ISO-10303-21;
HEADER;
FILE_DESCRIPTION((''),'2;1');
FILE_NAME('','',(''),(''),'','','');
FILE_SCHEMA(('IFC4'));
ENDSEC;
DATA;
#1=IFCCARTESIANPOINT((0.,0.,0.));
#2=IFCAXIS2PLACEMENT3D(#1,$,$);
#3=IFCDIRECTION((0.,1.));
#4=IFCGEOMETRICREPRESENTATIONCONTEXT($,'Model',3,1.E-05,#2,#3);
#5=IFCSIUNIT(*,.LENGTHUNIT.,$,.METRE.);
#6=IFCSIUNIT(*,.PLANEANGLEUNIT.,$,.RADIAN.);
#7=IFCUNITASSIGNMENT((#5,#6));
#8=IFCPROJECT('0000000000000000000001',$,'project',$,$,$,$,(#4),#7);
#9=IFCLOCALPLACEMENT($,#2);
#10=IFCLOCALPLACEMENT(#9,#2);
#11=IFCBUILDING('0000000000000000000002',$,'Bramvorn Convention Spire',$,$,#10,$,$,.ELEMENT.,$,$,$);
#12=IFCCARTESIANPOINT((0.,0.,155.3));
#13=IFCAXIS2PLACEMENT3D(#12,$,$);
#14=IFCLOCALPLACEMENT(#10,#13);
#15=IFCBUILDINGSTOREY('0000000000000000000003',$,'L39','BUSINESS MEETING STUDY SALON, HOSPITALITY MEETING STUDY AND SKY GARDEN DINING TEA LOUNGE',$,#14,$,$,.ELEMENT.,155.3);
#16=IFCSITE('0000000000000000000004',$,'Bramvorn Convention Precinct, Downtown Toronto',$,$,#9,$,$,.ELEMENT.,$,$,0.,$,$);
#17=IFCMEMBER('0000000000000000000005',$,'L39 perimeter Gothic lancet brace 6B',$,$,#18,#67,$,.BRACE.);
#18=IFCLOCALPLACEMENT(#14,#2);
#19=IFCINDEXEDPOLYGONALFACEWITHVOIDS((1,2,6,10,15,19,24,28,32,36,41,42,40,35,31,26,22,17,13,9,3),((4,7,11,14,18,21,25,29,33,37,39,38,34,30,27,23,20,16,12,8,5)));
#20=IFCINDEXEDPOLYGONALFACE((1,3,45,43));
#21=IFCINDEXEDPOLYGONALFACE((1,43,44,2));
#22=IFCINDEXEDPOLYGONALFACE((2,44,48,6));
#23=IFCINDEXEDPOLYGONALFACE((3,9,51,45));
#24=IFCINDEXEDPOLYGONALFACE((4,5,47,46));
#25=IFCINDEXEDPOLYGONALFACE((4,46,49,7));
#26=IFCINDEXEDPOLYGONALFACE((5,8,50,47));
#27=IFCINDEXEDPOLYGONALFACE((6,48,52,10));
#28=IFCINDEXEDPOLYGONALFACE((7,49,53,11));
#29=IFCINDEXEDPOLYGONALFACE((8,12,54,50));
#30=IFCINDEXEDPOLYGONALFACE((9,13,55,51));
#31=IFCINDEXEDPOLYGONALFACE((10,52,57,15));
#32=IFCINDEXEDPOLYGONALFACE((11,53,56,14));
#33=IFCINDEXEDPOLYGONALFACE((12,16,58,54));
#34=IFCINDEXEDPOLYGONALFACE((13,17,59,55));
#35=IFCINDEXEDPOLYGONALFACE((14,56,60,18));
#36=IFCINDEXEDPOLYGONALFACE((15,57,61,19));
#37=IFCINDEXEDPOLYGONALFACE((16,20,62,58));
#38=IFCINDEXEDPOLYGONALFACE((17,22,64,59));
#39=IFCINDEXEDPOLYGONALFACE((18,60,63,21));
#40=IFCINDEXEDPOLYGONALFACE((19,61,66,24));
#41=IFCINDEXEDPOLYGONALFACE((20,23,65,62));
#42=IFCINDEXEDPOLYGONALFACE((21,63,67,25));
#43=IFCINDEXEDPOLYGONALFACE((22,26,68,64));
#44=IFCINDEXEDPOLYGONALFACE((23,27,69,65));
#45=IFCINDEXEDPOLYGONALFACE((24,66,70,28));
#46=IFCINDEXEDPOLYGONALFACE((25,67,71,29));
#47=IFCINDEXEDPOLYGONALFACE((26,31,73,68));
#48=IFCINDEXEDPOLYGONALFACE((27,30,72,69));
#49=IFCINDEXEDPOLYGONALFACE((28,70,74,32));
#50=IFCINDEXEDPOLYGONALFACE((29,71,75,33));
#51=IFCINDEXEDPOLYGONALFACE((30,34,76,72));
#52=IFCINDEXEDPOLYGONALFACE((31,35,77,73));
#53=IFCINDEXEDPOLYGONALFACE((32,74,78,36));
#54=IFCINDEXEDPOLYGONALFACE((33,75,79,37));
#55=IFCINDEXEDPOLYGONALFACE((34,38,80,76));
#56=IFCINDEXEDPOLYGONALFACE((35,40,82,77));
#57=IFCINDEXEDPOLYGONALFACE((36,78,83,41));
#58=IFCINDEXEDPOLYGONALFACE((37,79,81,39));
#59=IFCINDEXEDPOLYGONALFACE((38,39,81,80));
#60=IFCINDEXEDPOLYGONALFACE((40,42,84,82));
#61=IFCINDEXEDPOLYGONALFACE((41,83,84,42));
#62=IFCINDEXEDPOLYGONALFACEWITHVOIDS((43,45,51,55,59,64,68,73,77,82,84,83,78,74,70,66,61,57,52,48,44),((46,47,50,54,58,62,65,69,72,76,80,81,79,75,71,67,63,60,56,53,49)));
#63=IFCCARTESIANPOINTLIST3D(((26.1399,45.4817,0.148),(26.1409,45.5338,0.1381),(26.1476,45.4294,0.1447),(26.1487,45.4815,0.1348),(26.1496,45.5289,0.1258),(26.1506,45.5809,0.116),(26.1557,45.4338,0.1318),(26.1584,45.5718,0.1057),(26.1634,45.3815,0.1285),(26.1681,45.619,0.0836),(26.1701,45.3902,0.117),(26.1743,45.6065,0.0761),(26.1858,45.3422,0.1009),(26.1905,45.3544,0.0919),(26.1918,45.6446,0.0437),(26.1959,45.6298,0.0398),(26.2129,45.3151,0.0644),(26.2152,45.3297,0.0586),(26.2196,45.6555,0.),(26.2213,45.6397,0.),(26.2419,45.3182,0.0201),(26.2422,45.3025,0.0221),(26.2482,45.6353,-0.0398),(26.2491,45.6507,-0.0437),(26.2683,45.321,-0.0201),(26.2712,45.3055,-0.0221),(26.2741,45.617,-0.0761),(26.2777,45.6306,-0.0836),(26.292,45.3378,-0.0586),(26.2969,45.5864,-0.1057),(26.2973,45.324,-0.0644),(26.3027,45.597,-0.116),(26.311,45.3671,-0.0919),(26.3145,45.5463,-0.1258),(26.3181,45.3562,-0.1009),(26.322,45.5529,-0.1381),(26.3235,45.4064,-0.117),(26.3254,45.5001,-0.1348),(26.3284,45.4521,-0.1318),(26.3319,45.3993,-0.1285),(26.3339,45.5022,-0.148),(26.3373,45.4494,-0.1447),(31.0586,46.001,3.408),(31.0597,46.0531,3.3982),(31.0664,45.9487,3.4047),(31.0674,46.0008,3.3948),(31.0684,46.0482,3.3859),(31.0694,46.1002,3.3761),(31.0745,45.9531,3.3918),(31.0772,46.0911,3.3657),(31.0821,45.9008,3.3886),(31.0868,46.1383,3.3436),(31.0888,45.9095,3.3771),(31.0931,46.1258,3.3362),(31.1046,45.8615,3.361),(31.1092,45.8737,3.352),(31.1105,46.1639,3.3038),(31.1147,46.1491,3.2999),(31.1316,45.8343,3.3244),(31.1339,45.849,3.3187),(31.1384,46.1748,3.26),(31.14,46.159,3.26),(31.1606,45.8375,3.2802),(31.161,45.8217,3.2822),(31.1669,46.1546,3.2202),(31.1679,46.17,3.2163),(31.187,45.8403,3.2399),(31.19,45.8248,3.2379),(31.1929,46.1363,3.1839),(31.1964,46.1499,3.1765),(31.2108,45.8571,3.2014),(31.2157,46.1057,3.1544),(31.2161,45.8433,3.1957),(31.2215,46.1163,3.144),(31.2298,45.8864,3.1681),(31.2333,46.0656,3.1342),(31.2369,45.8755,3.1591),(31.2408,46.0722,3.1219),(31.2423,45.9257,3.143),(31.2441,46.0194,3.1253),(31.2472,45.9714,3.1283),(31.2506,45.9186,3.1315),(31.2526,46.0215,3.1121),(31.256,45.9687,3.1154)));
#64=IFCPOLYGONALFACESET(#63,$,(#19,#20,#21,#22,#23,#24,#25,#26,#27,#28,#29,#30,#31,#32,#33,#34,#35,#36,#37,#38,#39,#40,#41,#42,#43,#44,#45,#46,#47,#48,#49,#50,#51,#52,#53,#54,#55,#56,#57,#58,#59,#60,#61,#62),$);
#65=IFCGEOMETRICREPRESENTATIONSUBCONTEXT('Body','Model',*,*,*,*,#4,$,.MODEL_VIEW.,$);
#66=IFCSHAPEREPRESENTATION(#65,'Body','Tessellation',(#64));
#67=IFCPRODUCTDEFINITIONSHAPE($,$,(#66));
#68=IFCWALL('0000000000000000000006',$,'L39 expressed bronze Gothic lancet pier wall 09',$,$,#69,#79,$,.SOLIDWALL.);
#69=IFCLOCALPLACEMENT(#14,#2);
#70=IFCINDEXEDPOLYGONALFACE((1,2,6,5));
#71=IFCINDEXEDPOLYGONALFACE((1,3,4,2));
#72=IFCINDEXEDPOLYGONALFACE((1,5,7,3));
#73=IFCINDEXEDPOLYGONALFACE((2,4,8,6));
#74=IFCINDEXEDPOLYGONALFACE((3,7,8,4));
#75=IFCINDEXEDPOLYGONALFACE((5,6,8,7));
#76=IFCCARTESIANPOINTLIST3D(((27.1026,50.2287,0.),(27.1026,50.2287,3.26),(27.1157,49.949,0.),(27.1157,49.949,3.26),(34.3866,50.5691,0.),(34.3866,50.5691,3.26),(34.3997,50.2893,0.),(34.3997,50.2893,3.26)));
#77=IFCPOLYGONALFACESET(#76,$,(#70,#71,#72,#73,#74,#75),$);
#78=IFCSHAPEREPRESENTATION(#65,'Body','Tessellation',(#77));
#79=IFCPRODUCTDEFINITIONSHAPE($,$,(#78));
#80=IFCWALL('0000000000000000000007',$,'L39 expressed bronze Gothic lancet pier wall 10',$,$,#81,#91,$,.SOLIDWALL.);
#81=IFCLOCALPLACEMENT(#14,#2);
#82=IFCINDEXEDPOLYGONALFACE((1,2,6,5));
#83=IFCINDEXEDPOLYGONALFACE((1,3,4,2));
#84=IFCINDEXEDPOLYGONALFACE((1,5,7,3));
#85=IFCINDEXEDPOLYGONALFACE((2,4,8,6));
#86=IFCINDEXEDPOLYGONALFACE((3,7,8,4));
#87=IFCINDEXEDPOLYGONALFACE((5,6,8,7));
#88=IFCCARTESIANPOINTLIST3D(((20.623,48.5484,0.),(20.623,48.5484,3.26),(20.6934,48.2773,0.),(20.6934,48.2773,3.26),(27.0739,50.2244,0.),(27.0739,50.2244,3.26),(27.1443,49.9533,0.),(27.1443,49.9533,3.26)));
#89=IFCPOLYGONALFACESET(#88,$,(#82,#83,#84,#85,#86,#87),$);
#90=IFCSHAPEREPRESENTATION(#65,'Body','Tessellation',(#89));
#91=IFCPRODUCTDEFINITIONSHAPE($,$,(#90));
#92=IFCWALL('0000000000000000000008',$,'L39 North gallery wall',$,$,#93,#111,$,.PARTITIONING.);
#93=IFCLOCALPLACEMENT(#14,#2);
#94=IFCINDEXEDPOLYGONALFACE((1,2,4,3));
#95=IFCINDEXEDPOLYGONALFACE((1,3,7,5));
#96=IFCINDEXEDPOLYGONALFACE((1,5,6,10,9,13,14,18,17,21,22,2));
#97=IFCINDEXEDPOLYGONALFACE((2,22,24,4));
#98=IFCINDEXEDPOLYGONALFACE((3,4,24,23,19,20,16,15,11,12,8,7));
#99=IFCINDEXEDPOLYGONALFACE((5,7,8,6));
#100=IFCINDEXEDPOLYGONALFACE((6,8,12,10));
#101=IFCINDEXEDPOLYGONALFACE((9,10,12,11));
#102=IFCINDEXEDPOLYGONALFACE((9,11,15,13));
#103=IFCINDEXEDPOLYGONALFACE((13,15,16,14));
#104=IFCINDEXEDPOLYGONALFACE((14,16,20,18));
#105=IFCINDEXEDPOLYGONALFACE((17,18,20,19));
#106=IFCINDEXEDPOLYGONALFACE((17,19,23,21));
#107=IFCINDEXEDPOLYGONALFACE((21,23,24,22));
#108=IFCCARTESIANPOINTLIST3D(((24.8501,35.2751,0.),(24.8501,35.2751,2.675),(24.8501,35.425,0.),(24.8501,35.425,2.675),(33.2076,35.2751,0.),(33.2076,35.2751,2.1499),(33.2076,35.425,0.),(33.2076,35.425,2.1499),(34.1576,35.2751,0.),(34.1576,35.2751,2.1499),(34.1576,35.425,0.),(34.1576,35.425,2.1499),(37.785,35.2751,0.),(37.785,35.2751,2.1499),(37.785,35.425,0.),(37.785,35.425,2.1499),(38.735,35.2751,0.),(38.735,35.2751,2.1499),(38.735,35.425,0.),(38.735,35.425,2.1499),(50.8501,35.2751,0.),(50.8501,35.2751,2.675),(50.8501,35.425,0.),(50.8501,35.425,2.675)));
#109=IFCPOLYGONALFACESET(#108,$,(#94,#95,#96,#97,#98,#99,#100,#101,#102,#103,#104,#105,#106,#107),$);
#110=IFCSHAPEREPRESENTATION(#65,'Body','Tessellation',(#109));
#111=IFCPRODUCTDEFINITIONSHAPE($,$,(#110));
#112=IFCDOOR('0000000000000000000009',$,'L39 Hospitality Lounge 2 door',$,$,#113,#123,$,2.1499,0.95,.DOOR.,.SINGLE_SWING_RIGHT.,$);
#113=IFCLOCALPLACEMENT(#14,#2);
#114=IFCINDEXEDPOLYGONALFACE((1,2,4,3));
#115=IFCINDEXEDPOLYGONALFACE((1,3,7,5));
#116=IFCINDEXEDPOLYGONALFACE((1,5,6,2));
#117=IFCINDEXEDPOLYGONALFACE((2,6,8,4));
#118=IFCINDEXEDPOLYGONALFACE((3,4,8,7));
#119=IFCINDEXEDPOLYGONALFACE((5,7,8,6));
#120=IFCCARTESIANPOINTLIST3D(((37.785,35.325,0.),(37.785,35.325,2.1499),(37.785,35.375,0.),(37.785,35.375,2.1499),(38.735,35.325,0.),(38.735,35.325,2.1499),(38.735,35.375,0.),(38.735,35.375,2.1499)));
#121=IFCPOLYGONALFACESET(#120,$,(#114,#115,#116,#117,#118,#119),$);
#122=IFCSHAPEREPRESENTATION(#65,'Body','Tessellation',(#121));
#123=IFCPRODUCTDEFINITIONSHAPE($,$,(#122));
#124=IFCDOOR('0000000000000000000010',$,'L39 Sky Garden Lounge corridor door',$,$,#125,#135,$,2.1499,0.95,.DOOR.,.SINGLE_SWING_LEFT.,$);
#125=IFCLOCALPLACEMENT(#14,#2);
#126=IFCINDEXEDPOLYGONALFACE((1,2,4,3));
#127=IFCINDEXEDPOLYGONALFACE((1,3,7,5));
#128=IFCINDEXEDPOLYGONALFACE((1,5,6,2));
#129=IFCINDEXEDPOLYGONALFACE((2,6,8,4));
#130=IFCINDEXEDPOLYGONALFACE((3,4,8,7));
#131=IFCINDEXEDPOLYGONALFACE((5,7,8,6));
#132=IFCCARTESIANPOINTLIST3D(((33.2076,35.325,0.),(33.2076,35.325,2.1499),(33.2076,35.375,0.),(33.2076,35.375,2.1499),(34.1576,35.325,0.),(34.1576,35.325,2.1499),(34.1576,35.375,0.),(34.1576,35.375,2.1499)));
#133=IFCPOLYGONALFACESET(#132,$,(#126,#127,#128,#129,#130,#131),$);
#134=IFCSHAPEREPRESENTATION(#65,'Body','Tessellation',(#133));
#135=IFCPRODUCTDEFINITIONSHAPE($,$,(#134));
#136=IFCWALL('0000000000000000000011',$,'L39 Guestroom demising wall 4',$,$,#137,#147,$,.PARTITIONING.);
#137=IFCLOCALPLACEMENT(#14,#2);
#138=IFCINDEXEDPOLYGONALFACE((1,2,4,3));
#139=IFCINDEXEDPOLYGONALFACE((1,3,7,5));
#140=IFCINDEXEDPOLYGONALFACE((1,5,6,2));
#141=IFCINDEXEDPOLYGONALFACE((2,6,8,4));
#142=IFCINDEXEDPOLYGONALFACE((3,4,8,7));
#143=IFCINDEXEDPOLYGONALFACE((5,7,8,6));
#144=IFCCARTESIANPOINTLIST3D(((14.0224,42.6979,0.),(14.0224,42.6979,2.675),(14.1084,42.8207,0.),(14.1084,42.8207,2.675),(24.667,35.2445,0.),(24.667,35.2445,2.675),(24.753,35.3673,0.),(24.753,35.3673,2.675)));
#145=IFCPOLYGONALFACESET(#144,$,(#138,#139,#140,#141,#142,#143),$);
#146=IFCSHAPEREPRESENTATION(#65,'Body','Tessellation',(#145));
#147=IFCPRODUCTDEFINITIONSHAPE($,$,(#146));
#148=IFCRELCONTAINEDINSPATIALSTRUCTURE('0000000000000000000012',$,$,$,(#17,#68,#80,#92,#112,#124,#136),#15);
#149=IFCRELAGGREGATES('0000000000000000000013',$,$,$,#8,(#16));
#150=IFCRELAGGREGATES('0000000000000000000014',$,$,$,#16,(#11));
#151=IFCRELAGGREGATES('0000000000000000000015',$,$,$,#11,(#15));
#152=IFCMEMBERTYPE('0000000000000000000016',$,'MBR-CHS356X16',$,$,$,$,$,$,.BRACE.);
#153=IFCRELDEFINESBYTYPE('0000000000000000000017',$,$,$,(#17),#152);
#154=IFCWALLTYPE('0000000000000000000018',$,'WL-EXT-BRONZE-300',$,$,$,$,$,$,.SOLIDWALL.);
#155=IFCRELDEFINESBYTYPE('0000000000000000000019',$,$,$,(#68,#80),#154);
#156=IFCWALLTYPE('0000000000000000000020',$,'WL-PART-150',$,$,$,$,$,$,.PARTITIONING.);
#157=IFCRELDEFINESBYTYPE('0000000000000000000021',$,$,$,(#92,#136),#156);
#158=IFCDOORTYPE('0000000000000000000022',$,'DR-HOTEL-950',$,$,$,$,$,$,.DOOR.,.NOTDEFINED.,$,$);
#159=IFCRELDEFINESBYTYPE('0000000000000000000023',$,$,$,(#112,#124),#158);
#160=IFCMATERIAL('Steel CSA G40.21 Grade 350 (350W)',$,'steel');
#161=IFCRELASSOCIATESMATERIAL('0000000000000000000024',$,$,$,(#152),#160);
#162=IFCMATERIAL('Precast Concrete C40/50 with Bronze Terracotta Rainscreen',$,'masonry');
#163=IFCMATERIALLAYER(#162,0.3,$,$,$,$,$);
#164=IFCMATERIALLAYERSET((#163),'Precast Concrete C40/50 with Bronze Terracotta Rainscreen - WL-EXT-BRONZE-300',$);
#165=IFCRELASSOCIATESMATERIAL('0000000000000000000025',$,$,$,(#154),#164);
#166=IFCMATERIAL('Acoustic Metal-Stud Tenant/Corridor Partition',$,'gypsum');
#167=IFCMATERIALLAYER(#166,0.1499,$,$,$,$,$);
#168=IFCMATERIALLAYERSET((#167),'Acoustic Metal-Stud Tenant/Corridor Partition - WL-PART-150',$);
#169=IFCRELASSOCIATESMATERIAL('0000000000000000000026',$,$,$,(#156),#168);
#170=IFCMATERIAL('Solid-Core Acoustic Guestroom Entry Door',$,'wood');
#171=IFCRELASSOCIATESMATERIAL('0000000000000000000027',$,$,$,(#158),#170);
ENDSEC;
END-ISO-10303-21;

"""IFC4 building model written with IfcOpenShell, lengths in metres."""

from ifc_helpers import new_model, si_unit, direction, frame, frame_2d, origin, origin_2d, place, context, subcontext, project, spatial, rectangle, hollow_circle, extrude, material, layer, layer_set, material_profile, profile_set, type_object, element, fill, save


model = new_model("IFC4")

# Units and contexts
model_context = context("Model", 3, precision=1e-05, world=origin(), true_north=direction((0.0, 1.0)))
body_context = subcontext(model_context, "Body", "Model", "MODEL_VIEW")
ifc_project = project(units=[si_unit("LENGTHUNIT", "METRE"), si_unit("PLANEANGLEUNIT", "RADIAN")], contexts=[model_context])

# Site, building, storey
site_placement = place(None, origin())
site = spatial("IfcSite", under=ifc_project, at=site_placement, Name="Bramvorn Convention Precinct, Downtown Toronto", CompositionType="ELEMENT", RefElevation=0.0)
building_placement = place(site_placement, origin())
building = spatial("IfcBuilding", under=site, at=building_placement, Name="Bramvorn Convention Spire", CompositionType="ELEMENT")
storey_placement = place(building_placement, frame((0.0, 0.0, 155.3)))
storey = spatial("IfcBuildingStorey", under=building, at=storey_placement, Name="L39", Description="BUSINESS MEETING STUDY SALON, HOSPITALITY MEETING STUDY AND SKY GARDEN DINING TEA LOUNGE", CompositionType="ELEMENT", Elevation=155.3)

# Shared definitions
ifc_material_1 = material(Name="Steel CSA G40.21 Grade 350 (350W)", Category="steel")

# Member
ifc_material_profile_1 = material_profile(ifc_material_1, hollow_circle(Radius=0.1777, WallThickness=0.0159, at=origin_2d()))
ifc_profile_set_1 = profile_set([ifc_material_profile_1], Name="Steel CSA G40.21 Grade 350 (350W) - CHS356X16")
member_type = type_object("IfcMemberType", Name="MBR-CHS356X16", PredefinedType="BRACE", material=ifc_profile_set_1)
member_placement = place(storey_placement, frame((26.2383, 45.4788, 0.0), z_axis=(0.830334, 0.087662, 0.550328), x_axis=(-0.104991, 0.994473, 0.0)))
element("IfcMember", 1, at=member_placement, inside=storey, type_object=member_type, Name="L39 perimeter Gothic lancet brace 6B", PredefinedType="BRACE", context=body_context, shape_type="SweptSolid", body=[
    extrude(hollow_circle(Radius=0.1777, WallThickness=0.0159, at=origin_2d()), origin(), (0.0, 0.0, 1.0), 5.9238),
])

# Walls
ifc_material_2 = material(Name="Precast Concrete C40/50 with Bronze Terracotta Rainscreen", Category="masonry")
ifc_layer_1 = layer(ifc_material_2, 0.3)
ifc_layer_set_1 = layer_set([ifc_layer_1], Name="Precast Concrete C40/50 with Bronze Terracotta Rainscreen - WL-EXT-BRONZE-300")
wall_type_1 = type_object("IfcWallType", Name="WL-EXT-BRONZE-300", PredefinedType="SOLIDWALL", material=ifc_layer_set_1)
wall_1_placement = place(storey_placement, frame((27.1091, 50.0889, 0.0), z_axis=(0.0, 0.0, 1.0), x_axis=(0.99891, 0.046673, 0.0)))
element("IfcWall", 2, at=wall_1_placement, inside=storey, type_object=wall_type_1, Name="L39 expressed bronze Gothic lancet pier wall 09", PredefinedType="SOLIDWALL", context=body_context, shape_type="SweptSolid", body=[
    extrude(rectangle(XDim=7.292, YDim=0.28, at=frame_2d((3.646, 0.0))), origin(), (0.0, 0.0, 1.0), 3.26),
])
wall_2_placement = place(storey_placement, frame((20.6582, 48.4128, 0.0), z_axis=(0.0, 0.0, 1.0), x_axis=(0.967867, 0.251463, 0.0)))
element("IfcWall", 3, at=wall_2_placement, inside=storey, type_object=wall_type_1, Name="L39 expressed bronze Gothic lancet pier wall 10", PredefinedType="SOLIDWALL", context=body_context, shape_type="SweptSolid", body=[
    extrude(rectangle(XDim=6.665, YDim=0.28, at=frame_2d((3.3325, 0.0))), origin(), (0.0, 0.0, 1.0), 3.26),
])

# Wall, openings, doors
ifc_material_3 = material(Name="Acoustic Metal-Stud Tenant/Corridor Partition", Category="gypsum")
ifc_layer_2 = layer(ifc_material_3, 0.1499)
ifc_layer_set_2 = layer_set([ifc_layer_2], Name="Acoustic Metal-Stud Tenant/Corridor Partition - WL-PART-150")
wall_type_2 = type_object("IfcWallType", Name="WL-PART-150", PredefinedType="PARTITIONING", material=ifc_layer_set_2)
wall_3_placement = place(storey_placement, frame((24.8501, 35.3501, 0.0), z_axis=(0.0, 0.0, 1.0), x_axis=(1.0, 0.0, 0.0)))
wall_3 = element("IfcWall", 4, at=wall_3_placement, inside=storey, type_object=wall_type_2, Name="L39 North gallery wall", PredefinedType="PARTITIONING", context=body_context, shape_type="SweptSolid", body=[
    extrude(rectangle(XDim=26.0, YDim=0.1499, at=frame_2d((13.0, 0.0))), origin(), (0.0, 0.0, 1.0), 2.675),
])
opening_1_placement = place(wall_3_placement, frame((12.9348, 0.0, 0.0)))
opening_1 = element("IfcOpeningElement", 5, at=opening_1_placement, cuts=wall_3, PredefinedType="OPENING", context=body_context, shape_type="SweptSolid", body=[
    extrude(rectangle(XDim=0.95, YDim=2.1499, at=frame_2d((0.4751, 1.075))), frame((0.0, 0.085, 0.0), z_axis=(0.0, -1.0, 0.0), x_axis=(1.0, 0.0, 0.0)), (0.0, 0.0, 1.0), 0.1699),
])
opening_2_placement = place(wall_3_placement, frame((8.3574, 0.0, 0.0)))
opening_2 = element("IfcOpeningElement", 6, at=opening_2_placement, cuts=wall_3, PredefinedType="OPENING", context=body_context, shape_type="SweptSolid", body=[
    extrude(rectangle(XDim=0.95, YDim=2.1499, at=frame_2d((0.4751, 1.075))), frame((0.0, 0.085, 0.0), z_axis=(0.0, -1.0, 0.0), x_axis=(1.0, 0.0, 0.0)), (0.0, 0.0, 1.0), 0.1699),
])
ifc_material_4 = material(Name="Solid-Core Acoustic Guestroom Entry Door", Category="wood")
door_type = type_object("IfcDoorType", Name="DR-HOTEL-950", OperationType="NOTDEFINED", PredefinedType="DOOR", material=ifc_material_4)
door_1_placement = place(opening_1_placement, origin())
door_1 = element("IfcDoor", 7, at=door_1_placement, inside=storey, type_object=door_type, Name="L39 Hospitality Lounge 2 door", OperationType="SINGLE_SWING_RIGHT", OverallHeight=2.1499, OverallWidth=0.95, PredefinedType="DOOR", context=body_context, shape_type="SweptSolid", body=[
    extrude(rectangle(XDim=0.95, YDim=2.1499, at=frame_2d((0.4751, 1.075))), frame((0.0, 0.0249, 0.0), z_axis=(0.0, -1.0, 0.0), x_axis=(1.0, 0.0, 0.0)), (0.0, 0.0, 1.0), 0.05),
])
fill(opening_1, door_1)
door_2_placement = place(opening_2_placement, origin())
door_2 = element("IfcDoor", 8, at=door_2_placement, inside=storey, type_object=door_type, Name="L39 Sky Garden Lounge corridor door", OperationType="SINGLE_SWING_LEFT", OverallHeight=2.1499, OverallWidth=0.95, PredefinedType="DOOR", context=body_context, shape_type="SweptSolid", body=[
    extrude(rectangle(XDim=0.95, YDim=2.1499, at=frame_2d((0.4751, 1.075))), frame((0.0, 0.0249, 0.0), z_axis=(0.0, -1.0, 0.0), x_axis=(1.0, 0.0, 0.0)), (0.0, 0.0, 1.0), 0.05),
])
fill(opening_2, door_2)

# Wall
wall_4_placement = place(storey_placement, frame((24.71, 35.3059, 0.0), z_axis=(0.0, 0.0, 1.0), x_axis=(-0.819152, 0.573576, 0.0)))
element("IfcWall", 9, at=wall_4_placement, inside=storey, type_object=wall_type_2, Name="L39 Guestroom demising wall 4", PredefinedType="PARTITIONING", context=body_context, shape_type="SweptSolid", body=[
    extrude(rectangle(XDim=12.9946, YDim=0.1499, at=frame_2d((6.4973, 0.0))), origin(), (0.0, 0.0, 1.0), 2.675),
])

save(model, "model.ifc")
